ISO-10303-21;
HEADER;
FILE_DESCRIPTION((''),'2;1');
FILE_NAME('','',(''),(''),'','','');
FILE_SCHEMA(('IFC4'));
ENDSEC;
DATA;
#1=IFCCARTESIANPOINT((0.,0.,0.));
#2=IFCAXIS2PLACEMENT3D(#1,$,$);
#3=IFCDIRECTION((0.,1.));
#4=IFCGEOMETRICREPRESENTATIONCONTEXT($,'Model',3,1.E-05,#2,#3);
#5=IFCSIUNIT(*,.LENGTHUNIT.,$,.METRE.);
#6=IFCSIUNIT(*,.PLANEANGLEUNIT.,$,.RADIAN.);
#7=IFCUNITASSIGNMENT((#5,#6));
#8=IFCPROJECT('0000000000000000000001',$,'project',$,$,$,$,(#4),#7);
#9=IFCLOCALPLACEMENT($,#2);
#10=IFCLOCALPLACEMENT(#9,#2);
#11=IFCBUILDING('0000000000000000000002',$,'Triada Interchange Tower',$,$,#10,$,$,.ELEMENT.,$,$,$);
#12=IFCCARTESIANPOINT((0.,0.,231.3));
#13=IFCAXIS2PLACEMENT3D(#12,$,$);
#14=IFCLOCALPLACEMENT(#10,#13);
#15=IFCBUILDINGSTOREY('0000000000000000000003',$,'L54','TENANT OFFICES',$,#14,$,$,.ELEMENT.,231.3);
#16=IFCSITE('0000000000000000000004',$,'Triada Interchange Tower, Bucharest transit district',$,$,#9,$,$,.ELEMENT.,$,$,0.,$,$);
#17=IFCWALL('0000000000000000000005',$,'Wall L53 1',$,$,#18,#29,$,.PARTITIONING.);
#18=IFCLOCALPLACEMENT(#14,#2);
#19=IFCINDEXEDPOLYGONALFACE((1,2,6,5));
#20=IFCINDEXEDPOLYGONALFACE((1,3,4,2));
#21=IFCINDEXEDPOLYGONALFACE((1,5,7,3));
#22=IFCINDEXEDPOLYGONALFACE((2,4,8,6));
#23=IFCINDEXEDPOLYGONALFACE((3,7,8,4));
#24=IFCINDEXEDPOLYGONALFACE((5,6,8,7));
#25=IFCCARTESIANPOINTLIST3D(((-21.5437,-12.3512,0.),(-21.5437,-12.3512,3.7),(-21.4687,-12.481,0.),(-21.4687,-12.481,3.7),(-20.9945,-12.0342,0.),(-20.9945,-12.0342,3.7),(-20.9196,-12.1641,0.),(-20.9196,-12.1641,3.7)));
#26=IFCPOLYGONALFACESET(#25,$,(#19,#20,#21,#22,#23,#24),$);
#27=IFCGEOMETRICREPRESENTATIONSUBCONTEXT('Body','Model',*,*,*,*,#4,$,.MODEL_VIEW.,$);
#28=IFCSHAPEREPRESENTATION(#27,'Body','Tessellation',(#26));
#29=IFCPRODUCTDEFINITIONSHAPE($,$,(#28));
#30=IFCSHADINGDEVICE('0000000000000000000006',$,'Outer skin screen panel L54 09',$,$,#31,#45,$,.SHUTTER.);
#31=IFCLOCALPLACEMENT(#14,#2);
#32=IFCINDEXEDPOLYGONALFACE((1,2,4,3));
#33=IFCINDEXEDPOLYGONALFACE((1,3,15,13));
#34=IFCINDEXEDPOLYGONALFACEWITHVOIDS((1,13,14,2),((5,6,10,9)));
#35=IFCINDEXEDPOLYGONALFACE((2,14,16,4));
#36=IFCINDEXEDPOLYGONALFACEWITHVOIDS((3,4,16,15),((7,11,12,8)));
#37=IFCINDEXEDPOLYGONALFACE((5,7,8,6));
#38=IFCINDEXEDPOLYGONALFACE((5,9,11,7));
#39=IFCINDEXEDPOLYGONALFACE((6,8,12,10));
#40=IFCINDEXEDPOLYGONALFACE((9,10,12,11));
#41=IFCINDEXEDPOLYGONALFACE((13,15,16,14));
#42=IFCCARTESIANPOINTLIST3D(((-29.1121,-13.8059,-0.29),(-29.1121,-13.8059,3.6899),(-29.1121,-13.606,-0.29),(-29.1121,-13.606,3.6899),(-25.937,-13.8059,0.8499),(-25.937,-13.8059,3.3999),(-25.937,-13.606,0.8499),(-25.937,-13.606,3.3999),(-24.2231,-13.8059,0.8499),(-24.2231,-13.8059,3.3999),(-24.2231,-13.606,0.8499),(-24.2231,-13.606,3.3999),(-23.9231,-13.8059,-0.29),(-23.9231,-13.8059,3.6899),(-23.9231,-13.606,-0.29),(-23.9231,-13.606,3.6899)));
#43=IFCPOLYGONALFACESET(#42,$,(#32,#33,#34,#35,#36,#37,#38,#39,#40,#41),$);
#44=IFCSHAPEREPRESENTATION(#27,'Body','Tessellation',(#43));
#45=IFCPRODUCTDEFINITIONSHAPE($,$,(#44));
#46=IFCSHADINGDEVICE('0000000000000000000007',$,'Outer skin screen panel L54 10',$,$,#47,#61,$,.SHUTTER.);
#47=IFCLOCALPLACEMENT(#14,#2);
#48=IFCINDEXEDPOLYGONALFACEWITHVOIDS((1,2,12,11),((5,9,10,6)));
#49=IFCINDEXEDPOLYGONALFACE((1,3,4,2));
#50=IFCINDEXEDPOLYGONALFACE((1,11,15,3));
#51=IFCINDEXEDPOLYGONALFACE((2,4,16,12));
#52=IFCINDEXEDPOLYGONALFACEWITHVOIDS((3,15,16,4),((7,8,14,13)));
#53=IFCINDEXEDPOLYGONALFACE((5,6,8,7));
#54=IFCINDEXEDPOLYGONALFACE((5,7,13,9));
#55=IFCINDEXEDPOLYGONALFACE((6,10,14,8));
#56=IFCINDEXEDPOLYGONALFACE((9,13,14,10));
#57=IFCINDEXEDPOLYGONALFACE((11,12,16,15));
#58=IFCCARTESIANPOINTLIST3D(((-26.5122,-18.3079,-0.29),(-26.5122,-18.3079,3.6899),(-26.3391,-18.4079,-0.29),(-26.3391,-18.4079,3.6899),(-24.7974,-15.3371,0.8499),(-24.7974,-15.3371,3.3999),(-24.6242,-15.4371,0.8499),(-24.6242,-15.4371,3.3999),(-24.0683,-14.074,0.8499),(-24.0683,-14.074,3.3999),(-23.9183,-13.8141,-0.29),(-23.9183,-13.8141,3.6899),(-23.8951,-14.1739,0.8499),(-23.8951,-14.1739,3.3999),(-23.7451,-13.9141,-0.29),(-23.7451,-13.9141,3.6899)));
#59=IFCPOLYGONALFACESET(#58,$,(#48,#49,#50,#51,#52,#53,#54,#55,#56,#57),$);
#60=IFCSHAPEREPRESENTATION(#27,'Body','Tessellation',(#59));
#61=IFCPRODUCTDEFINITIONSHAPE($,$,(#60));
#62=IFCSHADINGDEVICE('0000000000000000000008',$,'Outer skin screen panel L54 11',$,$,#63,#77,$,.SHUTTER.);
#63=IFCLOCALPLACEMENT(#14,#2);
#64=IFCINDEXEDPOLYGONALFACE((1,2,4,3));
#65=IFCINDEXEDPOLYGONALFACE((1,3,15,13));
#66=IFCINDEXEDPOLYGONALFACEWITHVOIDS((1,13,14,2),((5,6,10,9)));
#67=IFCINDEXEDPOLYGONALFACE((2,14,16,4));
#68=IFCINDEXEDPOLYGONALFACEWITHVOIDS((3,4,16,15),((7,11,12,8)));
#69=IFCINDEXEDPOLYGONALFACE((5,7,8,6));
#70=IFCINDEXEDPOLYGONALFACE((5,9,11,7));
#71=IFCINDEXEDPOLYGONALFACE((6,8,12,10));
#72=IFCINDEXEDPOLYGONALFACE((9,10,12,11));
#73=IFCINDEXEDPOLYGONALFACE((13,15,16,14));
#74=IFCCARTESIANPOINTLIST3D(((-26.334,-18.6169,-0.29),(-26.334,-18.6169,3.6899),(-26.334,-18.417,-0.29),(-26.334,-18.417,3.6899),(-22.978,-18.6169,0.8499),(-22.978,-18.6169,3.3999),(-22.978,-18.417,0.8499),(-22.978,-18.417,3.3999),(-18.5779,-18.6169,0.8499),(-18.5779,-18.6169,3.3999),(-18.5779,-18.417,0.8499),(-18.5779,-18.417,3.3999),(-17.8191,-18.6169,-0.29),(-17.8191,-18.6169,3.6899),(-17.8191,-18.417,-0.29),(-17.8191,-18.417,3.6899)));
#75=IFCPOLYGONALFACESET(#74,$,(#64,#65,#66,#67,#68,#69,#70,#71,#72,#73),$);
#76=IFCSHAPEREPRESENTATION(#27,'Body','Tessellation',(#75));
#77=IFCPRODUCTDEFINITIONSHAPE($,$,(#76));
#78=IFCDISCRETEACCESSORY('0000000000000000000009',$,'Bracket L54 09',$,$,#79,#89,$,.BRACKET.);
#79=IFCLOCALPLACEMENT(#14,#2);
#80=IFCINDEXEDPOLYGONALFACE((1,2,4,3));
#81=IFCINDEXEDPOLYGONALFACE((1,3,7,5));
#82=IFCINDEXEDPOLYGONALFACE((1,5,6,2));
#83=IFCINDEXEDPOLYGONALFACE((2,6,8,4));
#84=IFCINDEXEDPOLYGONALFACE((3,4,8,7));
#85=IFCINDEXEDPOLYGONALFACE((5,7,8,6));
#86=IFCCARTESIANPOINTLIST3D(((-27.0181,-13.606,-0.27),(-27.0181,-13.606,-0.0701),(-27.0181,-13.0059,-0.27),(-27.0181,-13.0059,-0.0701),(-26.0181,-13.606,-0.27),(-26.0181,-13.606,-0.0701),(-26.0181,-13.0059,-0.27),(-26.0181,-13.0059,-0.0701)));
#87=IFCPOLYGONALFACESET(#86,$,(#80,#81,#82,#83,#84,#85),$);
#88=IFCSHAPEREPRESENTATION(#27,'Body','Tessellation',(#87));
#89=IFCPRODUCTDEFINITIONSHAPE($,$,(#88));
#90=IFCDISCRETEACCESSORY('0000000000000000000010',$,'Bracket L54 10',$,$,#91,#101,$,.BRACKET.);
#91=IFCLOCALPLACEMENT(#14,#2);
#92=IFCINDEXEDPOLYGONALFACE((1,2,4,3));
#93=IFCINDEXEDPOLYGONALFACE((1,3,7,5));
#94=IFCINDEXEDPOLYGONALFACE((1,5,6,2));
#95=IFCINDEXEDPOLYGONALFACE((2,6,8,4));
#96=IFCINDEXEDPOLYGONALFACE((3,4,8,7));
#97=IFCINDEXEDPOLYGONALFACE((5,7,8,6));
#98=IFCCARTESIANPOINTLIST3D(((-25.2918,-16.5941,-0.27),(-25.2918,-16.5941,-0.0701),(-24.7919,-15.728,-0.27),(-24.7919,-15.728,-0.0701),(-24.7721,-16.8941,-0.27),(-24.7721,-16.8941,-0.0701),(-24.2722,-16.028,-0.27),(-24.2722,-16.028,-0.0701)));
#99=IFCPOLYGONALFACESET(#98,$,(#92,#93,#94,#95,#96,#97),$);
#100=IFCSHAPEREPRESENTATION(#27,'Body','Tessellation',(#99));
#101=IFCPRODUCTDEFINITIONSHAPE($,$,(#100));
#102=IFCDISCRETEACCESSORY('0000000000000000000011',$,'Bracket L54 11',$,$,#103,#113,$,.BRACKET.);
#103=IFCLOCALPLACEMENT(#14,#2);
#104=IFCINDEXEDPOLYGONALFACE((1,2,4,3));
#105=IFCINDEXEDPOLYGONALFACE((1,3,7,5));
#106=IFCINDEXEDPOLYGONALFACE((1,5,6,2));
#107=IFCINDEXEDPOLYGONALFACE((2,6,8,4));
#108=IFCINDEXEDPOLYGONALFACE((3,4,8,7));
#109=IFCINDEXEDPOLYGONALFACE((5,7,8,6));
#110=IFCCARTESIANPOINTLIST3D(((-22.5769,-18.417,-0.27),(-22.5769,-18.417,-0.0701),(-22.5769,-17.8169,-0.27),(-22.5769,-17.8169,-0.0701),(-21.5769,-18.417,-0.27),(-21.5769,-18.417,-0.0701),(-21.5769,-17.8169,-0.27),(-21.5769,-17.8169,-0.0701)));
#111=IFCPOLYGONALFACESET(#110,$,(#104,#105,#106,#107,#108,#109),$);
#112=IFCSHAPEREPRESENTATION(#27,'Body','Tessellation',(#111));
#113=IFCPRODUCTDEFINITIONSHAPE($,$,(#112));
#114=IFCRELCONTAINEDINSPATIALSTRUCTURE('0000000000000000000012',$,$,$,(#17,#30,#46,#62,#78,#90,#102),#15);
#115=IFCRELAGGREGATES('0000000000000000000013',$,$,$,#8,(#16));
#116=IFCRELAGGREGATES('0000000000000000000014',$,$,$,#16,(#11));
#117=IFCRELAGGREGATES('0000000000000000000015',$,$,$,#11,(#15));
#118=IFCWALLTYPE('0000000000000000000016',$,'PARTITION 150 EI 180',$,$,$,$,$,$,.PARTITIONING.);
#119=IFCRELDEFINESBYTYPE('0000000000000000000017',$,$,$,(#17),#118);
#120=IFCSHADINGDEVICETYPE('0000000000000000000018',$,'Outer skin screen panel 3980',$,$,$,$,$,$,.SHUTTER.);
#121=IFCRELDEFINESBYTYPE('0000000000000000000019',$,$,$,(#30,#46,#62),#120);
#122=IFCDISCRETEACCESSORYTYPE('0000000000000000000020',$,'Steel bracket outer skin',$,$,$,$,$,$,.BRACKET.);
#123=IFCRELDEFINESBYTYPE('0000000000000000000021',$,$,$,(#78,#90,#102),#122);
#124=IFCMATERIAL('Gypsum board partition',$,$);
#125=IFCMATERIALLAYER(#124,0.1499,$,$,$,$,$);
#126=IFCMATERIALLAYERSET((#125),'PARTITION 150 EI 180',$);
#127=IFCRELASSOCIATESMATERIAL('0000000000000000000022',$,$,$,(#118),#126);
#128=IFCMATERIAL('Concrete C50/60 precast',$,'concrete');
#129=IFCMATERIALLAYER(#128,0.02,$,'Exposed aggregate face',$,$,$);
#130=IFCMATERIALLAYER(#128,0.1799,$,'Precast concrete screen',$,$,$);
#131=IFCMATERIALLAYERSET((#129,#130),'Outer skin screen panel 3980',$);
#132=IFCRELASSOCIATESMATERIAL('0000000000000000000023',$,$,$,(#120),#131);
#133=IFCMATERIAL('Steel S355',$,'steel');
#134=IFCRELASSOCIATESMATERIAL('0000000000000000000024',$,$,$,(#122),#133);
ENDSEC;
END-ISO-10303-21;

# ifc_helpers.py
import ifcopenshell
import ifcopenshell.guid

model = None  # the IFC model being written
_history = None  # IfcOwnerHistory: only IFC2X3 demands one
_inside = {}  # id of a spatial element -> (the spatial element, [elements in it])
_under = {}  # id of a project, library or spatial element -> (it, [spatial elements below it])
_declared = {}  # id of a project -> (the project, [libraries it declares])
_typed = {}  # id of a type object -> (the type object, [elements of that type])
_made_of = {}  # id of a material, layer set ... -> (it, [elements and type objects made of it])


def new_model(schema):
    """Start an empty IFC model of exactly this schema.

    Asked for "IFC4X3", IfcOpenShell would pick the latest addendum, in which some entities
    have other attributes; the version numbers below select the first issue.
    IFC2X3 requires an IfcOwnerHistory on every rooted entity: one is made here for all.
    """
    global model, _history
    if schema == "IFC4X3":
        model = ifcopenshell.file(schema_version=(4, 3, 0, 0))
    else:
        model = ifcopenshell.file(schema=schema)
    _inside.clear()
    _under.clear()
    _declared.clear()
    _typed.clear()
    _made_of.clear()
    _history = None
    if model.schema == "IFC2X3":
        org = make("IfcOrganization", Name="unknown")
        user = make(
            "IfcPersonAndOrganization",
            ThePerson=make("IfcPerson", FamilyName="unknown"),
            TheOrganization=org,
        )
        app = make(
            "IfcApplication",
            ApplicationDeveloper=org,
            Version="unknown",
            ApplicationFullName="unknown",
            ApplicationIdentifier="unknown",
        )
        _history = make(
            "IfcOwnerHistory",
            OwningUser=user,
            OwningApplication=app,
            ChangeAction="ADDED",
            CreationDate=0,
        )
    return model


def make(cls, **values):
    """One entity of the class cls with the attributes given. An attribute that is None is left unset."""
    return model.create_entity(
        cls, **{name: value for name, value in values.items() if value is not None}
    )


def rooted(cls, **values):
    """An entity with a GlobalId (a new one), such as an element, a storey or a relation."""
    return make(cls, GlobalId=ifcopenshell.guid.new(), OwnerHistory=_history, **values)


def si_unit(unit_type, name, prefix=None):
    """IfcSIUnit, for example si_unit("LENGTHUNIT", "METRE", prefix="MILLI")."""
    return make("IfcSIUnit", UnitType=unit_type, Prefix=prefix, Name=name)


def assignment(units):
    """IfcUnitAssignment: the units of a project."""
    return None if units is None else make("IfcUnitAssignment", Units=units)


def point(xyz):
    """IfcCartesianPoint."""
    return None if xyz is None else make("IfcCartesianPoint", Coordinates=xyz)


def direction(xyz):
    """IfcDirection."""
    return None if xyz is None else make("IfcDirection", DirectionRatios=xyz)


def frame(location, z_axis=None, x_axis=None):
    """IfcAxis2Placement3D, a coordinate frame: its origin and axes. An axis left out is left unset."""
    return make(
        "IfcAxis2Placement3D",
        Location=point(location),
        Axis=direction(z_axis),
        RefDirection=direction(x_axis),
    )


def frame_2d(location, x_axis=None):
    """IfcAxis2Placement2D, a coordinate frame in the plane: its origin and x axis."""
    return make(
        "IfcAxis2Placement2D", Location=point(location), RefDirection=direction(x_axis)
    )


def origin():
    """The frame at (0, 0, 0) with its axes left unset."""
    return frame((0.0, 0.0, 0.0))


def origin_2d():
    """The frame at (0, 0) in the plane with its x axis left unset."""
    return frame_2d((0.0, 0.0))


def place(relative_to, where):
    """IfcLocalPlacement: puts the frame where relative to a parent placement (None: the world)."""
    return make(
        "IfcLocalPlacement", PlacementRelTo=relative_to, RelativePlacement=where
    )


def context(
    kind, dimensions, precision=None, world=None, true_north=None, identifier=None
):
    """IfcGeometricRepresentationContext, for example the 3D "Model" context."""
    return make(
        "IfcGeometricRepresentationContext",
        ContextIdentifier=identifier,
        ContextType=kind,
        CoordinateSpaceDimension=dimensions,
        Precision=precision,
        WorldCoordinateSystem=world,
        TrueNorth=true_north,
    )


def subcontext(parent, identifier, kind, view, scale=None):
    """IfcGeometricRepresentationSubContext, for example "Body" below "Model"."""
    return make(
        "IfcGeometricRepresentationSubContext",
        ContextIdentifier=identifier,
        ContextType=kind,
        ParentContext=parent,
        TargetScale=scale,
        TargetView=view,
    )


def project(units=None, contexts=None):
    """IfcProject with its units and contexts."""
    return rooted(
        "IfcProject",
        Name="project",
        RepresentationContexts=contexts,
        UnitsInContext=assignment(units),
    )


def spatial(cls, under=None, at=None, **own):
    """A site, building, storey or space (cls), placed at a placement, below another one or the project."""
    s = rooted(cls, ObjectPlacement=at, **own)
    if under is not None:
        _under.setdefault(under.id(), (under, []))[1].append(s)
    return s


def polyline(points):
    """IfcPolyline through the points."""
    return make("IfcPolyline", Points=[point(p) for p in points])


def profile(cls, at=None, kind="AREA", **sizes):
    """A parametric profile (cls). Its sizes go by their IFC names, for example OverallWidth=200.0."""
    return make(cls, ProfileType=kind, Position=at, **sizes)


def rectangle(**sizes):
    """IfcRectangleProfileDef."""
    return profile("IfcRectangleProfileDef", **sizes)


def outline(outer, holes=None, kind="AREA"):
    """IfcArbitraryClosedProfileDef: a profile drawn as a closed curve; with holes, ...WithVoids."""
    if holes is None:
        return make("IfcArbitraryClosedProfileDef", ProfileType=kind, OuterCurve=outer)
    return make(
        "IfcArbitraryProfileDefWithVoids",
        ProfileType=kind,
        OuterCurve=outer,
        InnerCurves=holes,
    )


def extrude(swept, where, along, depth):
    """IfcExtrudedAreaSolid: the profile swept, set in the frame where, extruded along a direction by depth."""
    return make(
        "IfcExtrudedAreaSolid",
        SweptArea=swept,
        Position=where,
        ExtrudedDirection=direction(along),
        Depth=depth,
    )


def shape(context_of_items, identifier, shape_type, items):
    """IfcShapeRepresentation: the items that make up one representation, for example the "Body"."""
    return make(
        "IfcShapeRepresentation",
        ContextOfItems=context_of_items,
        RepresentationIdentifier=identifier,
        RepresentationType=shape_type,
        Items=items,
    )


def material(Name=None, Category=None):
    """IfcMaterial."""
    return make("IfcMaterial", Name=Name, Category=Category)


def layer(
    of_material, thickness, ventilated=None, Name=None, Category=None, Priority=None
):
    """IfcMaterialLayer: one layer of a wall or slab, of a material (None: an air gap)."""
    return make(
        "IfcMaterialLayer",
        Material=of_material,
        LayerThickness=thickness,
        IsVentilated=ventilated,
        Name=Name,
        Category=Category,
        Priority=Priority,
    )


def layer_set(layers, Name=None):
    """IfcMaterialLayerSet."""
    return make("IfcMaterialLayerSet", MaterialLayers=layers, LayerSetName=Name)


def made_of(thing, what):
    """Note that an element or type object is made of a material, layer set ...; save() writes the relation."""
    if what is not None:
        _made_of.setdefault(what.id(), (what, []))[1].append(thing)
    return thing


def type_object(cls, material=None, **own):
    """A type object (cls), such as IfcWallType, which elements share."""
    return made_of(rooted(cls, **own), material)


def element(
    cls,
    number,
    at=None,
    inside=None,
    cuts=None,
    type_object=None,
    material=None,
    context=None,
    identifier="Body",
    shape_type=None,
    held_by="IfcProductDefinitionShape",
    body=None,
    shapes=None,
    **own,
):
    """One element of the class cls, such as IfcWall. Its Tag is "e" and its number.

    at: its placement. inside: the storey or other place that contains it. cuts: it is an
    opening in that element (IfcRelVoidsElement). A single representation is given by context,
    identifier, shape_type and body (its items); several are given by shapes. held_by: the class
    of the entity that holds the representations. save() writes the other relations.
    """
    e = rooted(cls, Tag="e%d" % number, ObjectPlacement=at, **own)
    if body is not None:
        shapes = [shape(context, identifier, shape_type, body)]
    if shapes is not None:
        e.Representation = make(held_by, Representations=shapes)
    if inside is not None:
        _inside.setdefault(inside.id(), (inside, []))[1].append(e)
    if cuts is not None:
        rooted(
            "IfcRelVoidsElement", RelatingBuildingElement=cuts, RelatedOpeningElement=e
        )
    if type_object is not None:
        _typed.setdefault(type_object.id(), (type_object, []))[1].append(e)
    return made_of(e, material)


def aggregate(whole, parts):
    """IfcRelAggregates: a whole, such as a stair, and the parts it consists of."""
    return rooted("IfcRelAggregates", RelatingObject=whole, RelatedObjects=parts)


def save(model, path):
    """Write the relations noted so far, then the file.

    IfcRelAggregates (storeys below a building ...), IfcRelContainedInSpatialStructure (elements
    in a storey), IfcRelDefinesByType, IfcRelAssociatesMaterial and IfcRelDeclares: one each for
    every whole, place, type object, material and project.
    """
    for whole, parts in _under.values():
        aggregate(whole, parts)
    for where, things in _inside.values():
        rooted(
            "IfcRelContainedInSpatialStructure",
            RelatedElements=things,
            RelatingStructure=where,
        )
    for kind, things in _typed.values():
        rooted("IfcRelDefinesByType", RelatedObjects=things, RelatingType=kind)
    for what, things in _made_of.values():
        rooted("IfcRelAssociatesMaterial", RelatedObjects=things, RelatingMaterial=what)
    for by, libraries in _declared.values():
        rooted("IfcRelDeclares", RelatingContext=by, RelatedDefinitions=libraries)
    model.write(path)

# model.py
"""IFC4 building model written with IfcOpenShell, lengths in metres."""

from ifc_helpers import new_model, si_unit, direction, frame, frame_2d, origin, origin_2d, place, context, subcontext, project, spatial, polyline, rectangle, outline, extrude, material, layer, layer_set, type_object, element, save


model = new_model("IFC4")

# Units and contexts
model_context = context("Model", 3, precision=1e-05, world=origin(), true_north=direction((0.0, 1.0)))
body_context = subcontext(model_context, "Body", "Model", "MODEL_VIEW")
ifc_project = project(units=[si_unit("LENGTHUNIT", "METRE"), si_unit("PLANEANGLEUNIT", "RADIAN")], contexts=[model_context])

# Site, building, storey
site_placement = place(None, origin())
site = spatial("IfcSite", under=ifc_project, at=site_placement, Name="Triada Interchange Tower, Bucharest transit district", CompositionType="ELEMENT", RefElevation=0.0)
building_placement = place(site_placement, origin())
building = spatial("IfcBuilding", under=site, at=building_placement, Name="Triada Interchange Tower", CompositionType="ELEMENT")
storey_placement = place(building_placement, frame((0.0, 0.0, 231.3)))
storey = spatial("IfcBuildingStorey", under=building, at=storey_placement, Name="L54", Description="TENANT OFFICES", CompositionType="ELEMENT", Elevation=231.3)

# Wall
ifc_material_1 = material(Name="Gypsum board partition")
ifc_layer_1 = layer(ifc_material_1, 0.1499)
ifc_layer_set_1 = layer_set([ifc_layer_1], Name="PARTITION 150 EI 180")
wall_type_1 = type_object("IfcWallType", Name="PARTITION 150 EI 180", PredefinedType="PARTITIONING", material=ifc_layer_set_1)
wall_1_placement = place(storey_placement, frame((-21.5061, -12.416, 0.0), z_axis=(0.0, 0.0, 1.0), x_axis=(0.866102, 0.499867, 0.0)))
element("IfcWall", 1, at=wall_1_placement, inside=storey, type_object=wall_type_1, Name="Wall L53 1", PredefinedType="PARTITIONING", context=body_context, shape_type="SweptSolid", body=[
    extrude(rectangle(XDim=0.634, YDim=0.1499, at=frame_2d((0.3169, 0.0))), origin(), (0.0, 0.0, 1.0), 3.7),
])

# Shading devices
ifc_material_2 = material(Name="Concrete C50/60 precast", Category="concrete")
ifc_layer_2 = layer(ifc_material_2, 0.02, Name="Exposed aggregate face")
ifc_layer_3 = layer(ifc_material_2, 0.1799, Name="Precast concrete screen")
ifc_layer_set_2 = layer_set([ifc_layer_2, ifc_layer_3], Name="Outer skin screen panel 3980")
shading_device_type = type_object("IfcShadingDeviceType", Name="Outer skin screen panel 3980", PredefinedType="SHUTTER", material=ifc_layer_set_2)
shading_device_1_placement = place(storey_placement, frame((-29.1121, -13.606, -0.29), z_axis=(0.0, 0.0, 1.0), x_axis=(1.0, 0.0, 0.0)))
element("IfcShadingDevice", 2, at=shading_device_1_placement, inside=storey, type_object=shading_device_type, Name="Outer skin screen panel L54 09", PredefinedType="SHUTTER", context=body_context, shape_type="SweptSolid", body=[
    extrude(outline(polyline([(0.0, 0.0), (5.189, 0.0), (5.189, 3.98), (0.0, 3.98), (0.0, 0.0)]), holes=[polyline([(3.175, 1.1399), (3.175, 3.6899), (4.8889, 3.6899), (4.8889, 1.1399), (3.175, 1.1399)])]), frame((0.0, 0.0, 0.0), z_axis=(0.0, -1.0, 0.0), x_axis=(1.0, 0.0, 0.0)), (0.0, 0.0, 1.0), 0.2),
])
shading_device_2_placement = place(storey_placement, frame((-23.7451, -13.9141, -0.29), z_axis=(0.0, 0.0, 1.0), x_axis=(-0.499919, -0.866072, 0.0)))
element("IfcShadingDevice", 3, at=shading_device_2_placement, inside=storey, type_object=shading_device_type, Name="Outer skin screen panel L54 10", PredefinedType="SHUTTER", context=body_context, shape_type="SweptSolid", body=[
    extrude(outline(polyline([(0.0, 0.0), (5.1887, 0.0), (5.1887, 3.98), (0.0, 3.98), (0.0, 0.0)]), holes=[polyline([(0.3, 1.1399), (0.3, 3.6899), (1.7585, 3.6899), (1.7585, 1.1399), (0.3, 1.1399)])]), frame((0.0, 0.0, 0.0), z_axis=(0.0, -1.0, 0.0), x_axis=(1.0, 0.0, 0.0)), (0.0, 0.0, 1.0), 0.2),
])
shading_device_3_placement = place(storey_placement, frame((-26.334, -18.417, -0.29), z_axis=(0.0, 0.0, 1.0), x_axis=(1.0, 0.0, 0.0)))
element("IfcShadingDevice", 4, at=shading_device_3_placement, inside=storey, type_object=shading_device_type, Name="Outer skin screen panel L54 11", PredefinedType="SHUTTER", context=body_context, shape_type="SweptSolid", body=[
    extrude(outline(polyline([(0.0, 0.0), (8.5149, 0.0), (8.5149, 3.98), (0.0, 3.98), (0.0, 0.0)]), holes=[polyline([(3.356, 1.1399), (3.356, 3.6899), (7.7561, 3.6899), (7.7561, 1.1399), (3.356, 1.1399)])]), frame((0.0, 0.0, 0.0), z_axis=(0.0, -1.0, 0.0), x_axis=(1.0, 0.0, 0.0)), (0.0, 0.0, 1.0), 0.2),
])

# Discrete accessories
ifc_material_3 = material(Name="Steel S355", Category="steel")
discrete_accessory_type = type_object("IfcDiscreteAccessoryType", Name="Steel bracket outer skin", PredefinedType="BRACKET", material=ifc_material_3)
for number, where, z_axis, x_axis, name in (
    (5, (-26.5181, -13.3059, -0.27), (0.0, 0.0, 1.0), (0.0, -1.0, 0.0), "Bracket L54 09"),
    (6, (-24.782, -16.311, -0.27), (0.0, 0.0, 1.0), (-0.866075, 0.499915, 0.0), "Bracket L54 10"),
    (7, (-22.0769, -18.1169, -0.27), (0.0, 0.0, 1.0), (0.0, -1.0, 0.0), "Bracket L54 11"),
):
    element("IfcDiscreteAccessory", number, at=place(storey_placement, frame(where, z_axis=z_axis, x_axis=x_axis)), inside=storey, type_object=discrete_accessory_type, Name=name, PredefinedType="BRACKET", context=body_context, shape_type="SweptSolid", body=[
        extrude(rectangle(XDim=0.6001, YDim=1.0, at=origin_2d()), origin(), (0.0, 0.0, 1.0), 0.2),
    ])

save(model, "model.ifc")
